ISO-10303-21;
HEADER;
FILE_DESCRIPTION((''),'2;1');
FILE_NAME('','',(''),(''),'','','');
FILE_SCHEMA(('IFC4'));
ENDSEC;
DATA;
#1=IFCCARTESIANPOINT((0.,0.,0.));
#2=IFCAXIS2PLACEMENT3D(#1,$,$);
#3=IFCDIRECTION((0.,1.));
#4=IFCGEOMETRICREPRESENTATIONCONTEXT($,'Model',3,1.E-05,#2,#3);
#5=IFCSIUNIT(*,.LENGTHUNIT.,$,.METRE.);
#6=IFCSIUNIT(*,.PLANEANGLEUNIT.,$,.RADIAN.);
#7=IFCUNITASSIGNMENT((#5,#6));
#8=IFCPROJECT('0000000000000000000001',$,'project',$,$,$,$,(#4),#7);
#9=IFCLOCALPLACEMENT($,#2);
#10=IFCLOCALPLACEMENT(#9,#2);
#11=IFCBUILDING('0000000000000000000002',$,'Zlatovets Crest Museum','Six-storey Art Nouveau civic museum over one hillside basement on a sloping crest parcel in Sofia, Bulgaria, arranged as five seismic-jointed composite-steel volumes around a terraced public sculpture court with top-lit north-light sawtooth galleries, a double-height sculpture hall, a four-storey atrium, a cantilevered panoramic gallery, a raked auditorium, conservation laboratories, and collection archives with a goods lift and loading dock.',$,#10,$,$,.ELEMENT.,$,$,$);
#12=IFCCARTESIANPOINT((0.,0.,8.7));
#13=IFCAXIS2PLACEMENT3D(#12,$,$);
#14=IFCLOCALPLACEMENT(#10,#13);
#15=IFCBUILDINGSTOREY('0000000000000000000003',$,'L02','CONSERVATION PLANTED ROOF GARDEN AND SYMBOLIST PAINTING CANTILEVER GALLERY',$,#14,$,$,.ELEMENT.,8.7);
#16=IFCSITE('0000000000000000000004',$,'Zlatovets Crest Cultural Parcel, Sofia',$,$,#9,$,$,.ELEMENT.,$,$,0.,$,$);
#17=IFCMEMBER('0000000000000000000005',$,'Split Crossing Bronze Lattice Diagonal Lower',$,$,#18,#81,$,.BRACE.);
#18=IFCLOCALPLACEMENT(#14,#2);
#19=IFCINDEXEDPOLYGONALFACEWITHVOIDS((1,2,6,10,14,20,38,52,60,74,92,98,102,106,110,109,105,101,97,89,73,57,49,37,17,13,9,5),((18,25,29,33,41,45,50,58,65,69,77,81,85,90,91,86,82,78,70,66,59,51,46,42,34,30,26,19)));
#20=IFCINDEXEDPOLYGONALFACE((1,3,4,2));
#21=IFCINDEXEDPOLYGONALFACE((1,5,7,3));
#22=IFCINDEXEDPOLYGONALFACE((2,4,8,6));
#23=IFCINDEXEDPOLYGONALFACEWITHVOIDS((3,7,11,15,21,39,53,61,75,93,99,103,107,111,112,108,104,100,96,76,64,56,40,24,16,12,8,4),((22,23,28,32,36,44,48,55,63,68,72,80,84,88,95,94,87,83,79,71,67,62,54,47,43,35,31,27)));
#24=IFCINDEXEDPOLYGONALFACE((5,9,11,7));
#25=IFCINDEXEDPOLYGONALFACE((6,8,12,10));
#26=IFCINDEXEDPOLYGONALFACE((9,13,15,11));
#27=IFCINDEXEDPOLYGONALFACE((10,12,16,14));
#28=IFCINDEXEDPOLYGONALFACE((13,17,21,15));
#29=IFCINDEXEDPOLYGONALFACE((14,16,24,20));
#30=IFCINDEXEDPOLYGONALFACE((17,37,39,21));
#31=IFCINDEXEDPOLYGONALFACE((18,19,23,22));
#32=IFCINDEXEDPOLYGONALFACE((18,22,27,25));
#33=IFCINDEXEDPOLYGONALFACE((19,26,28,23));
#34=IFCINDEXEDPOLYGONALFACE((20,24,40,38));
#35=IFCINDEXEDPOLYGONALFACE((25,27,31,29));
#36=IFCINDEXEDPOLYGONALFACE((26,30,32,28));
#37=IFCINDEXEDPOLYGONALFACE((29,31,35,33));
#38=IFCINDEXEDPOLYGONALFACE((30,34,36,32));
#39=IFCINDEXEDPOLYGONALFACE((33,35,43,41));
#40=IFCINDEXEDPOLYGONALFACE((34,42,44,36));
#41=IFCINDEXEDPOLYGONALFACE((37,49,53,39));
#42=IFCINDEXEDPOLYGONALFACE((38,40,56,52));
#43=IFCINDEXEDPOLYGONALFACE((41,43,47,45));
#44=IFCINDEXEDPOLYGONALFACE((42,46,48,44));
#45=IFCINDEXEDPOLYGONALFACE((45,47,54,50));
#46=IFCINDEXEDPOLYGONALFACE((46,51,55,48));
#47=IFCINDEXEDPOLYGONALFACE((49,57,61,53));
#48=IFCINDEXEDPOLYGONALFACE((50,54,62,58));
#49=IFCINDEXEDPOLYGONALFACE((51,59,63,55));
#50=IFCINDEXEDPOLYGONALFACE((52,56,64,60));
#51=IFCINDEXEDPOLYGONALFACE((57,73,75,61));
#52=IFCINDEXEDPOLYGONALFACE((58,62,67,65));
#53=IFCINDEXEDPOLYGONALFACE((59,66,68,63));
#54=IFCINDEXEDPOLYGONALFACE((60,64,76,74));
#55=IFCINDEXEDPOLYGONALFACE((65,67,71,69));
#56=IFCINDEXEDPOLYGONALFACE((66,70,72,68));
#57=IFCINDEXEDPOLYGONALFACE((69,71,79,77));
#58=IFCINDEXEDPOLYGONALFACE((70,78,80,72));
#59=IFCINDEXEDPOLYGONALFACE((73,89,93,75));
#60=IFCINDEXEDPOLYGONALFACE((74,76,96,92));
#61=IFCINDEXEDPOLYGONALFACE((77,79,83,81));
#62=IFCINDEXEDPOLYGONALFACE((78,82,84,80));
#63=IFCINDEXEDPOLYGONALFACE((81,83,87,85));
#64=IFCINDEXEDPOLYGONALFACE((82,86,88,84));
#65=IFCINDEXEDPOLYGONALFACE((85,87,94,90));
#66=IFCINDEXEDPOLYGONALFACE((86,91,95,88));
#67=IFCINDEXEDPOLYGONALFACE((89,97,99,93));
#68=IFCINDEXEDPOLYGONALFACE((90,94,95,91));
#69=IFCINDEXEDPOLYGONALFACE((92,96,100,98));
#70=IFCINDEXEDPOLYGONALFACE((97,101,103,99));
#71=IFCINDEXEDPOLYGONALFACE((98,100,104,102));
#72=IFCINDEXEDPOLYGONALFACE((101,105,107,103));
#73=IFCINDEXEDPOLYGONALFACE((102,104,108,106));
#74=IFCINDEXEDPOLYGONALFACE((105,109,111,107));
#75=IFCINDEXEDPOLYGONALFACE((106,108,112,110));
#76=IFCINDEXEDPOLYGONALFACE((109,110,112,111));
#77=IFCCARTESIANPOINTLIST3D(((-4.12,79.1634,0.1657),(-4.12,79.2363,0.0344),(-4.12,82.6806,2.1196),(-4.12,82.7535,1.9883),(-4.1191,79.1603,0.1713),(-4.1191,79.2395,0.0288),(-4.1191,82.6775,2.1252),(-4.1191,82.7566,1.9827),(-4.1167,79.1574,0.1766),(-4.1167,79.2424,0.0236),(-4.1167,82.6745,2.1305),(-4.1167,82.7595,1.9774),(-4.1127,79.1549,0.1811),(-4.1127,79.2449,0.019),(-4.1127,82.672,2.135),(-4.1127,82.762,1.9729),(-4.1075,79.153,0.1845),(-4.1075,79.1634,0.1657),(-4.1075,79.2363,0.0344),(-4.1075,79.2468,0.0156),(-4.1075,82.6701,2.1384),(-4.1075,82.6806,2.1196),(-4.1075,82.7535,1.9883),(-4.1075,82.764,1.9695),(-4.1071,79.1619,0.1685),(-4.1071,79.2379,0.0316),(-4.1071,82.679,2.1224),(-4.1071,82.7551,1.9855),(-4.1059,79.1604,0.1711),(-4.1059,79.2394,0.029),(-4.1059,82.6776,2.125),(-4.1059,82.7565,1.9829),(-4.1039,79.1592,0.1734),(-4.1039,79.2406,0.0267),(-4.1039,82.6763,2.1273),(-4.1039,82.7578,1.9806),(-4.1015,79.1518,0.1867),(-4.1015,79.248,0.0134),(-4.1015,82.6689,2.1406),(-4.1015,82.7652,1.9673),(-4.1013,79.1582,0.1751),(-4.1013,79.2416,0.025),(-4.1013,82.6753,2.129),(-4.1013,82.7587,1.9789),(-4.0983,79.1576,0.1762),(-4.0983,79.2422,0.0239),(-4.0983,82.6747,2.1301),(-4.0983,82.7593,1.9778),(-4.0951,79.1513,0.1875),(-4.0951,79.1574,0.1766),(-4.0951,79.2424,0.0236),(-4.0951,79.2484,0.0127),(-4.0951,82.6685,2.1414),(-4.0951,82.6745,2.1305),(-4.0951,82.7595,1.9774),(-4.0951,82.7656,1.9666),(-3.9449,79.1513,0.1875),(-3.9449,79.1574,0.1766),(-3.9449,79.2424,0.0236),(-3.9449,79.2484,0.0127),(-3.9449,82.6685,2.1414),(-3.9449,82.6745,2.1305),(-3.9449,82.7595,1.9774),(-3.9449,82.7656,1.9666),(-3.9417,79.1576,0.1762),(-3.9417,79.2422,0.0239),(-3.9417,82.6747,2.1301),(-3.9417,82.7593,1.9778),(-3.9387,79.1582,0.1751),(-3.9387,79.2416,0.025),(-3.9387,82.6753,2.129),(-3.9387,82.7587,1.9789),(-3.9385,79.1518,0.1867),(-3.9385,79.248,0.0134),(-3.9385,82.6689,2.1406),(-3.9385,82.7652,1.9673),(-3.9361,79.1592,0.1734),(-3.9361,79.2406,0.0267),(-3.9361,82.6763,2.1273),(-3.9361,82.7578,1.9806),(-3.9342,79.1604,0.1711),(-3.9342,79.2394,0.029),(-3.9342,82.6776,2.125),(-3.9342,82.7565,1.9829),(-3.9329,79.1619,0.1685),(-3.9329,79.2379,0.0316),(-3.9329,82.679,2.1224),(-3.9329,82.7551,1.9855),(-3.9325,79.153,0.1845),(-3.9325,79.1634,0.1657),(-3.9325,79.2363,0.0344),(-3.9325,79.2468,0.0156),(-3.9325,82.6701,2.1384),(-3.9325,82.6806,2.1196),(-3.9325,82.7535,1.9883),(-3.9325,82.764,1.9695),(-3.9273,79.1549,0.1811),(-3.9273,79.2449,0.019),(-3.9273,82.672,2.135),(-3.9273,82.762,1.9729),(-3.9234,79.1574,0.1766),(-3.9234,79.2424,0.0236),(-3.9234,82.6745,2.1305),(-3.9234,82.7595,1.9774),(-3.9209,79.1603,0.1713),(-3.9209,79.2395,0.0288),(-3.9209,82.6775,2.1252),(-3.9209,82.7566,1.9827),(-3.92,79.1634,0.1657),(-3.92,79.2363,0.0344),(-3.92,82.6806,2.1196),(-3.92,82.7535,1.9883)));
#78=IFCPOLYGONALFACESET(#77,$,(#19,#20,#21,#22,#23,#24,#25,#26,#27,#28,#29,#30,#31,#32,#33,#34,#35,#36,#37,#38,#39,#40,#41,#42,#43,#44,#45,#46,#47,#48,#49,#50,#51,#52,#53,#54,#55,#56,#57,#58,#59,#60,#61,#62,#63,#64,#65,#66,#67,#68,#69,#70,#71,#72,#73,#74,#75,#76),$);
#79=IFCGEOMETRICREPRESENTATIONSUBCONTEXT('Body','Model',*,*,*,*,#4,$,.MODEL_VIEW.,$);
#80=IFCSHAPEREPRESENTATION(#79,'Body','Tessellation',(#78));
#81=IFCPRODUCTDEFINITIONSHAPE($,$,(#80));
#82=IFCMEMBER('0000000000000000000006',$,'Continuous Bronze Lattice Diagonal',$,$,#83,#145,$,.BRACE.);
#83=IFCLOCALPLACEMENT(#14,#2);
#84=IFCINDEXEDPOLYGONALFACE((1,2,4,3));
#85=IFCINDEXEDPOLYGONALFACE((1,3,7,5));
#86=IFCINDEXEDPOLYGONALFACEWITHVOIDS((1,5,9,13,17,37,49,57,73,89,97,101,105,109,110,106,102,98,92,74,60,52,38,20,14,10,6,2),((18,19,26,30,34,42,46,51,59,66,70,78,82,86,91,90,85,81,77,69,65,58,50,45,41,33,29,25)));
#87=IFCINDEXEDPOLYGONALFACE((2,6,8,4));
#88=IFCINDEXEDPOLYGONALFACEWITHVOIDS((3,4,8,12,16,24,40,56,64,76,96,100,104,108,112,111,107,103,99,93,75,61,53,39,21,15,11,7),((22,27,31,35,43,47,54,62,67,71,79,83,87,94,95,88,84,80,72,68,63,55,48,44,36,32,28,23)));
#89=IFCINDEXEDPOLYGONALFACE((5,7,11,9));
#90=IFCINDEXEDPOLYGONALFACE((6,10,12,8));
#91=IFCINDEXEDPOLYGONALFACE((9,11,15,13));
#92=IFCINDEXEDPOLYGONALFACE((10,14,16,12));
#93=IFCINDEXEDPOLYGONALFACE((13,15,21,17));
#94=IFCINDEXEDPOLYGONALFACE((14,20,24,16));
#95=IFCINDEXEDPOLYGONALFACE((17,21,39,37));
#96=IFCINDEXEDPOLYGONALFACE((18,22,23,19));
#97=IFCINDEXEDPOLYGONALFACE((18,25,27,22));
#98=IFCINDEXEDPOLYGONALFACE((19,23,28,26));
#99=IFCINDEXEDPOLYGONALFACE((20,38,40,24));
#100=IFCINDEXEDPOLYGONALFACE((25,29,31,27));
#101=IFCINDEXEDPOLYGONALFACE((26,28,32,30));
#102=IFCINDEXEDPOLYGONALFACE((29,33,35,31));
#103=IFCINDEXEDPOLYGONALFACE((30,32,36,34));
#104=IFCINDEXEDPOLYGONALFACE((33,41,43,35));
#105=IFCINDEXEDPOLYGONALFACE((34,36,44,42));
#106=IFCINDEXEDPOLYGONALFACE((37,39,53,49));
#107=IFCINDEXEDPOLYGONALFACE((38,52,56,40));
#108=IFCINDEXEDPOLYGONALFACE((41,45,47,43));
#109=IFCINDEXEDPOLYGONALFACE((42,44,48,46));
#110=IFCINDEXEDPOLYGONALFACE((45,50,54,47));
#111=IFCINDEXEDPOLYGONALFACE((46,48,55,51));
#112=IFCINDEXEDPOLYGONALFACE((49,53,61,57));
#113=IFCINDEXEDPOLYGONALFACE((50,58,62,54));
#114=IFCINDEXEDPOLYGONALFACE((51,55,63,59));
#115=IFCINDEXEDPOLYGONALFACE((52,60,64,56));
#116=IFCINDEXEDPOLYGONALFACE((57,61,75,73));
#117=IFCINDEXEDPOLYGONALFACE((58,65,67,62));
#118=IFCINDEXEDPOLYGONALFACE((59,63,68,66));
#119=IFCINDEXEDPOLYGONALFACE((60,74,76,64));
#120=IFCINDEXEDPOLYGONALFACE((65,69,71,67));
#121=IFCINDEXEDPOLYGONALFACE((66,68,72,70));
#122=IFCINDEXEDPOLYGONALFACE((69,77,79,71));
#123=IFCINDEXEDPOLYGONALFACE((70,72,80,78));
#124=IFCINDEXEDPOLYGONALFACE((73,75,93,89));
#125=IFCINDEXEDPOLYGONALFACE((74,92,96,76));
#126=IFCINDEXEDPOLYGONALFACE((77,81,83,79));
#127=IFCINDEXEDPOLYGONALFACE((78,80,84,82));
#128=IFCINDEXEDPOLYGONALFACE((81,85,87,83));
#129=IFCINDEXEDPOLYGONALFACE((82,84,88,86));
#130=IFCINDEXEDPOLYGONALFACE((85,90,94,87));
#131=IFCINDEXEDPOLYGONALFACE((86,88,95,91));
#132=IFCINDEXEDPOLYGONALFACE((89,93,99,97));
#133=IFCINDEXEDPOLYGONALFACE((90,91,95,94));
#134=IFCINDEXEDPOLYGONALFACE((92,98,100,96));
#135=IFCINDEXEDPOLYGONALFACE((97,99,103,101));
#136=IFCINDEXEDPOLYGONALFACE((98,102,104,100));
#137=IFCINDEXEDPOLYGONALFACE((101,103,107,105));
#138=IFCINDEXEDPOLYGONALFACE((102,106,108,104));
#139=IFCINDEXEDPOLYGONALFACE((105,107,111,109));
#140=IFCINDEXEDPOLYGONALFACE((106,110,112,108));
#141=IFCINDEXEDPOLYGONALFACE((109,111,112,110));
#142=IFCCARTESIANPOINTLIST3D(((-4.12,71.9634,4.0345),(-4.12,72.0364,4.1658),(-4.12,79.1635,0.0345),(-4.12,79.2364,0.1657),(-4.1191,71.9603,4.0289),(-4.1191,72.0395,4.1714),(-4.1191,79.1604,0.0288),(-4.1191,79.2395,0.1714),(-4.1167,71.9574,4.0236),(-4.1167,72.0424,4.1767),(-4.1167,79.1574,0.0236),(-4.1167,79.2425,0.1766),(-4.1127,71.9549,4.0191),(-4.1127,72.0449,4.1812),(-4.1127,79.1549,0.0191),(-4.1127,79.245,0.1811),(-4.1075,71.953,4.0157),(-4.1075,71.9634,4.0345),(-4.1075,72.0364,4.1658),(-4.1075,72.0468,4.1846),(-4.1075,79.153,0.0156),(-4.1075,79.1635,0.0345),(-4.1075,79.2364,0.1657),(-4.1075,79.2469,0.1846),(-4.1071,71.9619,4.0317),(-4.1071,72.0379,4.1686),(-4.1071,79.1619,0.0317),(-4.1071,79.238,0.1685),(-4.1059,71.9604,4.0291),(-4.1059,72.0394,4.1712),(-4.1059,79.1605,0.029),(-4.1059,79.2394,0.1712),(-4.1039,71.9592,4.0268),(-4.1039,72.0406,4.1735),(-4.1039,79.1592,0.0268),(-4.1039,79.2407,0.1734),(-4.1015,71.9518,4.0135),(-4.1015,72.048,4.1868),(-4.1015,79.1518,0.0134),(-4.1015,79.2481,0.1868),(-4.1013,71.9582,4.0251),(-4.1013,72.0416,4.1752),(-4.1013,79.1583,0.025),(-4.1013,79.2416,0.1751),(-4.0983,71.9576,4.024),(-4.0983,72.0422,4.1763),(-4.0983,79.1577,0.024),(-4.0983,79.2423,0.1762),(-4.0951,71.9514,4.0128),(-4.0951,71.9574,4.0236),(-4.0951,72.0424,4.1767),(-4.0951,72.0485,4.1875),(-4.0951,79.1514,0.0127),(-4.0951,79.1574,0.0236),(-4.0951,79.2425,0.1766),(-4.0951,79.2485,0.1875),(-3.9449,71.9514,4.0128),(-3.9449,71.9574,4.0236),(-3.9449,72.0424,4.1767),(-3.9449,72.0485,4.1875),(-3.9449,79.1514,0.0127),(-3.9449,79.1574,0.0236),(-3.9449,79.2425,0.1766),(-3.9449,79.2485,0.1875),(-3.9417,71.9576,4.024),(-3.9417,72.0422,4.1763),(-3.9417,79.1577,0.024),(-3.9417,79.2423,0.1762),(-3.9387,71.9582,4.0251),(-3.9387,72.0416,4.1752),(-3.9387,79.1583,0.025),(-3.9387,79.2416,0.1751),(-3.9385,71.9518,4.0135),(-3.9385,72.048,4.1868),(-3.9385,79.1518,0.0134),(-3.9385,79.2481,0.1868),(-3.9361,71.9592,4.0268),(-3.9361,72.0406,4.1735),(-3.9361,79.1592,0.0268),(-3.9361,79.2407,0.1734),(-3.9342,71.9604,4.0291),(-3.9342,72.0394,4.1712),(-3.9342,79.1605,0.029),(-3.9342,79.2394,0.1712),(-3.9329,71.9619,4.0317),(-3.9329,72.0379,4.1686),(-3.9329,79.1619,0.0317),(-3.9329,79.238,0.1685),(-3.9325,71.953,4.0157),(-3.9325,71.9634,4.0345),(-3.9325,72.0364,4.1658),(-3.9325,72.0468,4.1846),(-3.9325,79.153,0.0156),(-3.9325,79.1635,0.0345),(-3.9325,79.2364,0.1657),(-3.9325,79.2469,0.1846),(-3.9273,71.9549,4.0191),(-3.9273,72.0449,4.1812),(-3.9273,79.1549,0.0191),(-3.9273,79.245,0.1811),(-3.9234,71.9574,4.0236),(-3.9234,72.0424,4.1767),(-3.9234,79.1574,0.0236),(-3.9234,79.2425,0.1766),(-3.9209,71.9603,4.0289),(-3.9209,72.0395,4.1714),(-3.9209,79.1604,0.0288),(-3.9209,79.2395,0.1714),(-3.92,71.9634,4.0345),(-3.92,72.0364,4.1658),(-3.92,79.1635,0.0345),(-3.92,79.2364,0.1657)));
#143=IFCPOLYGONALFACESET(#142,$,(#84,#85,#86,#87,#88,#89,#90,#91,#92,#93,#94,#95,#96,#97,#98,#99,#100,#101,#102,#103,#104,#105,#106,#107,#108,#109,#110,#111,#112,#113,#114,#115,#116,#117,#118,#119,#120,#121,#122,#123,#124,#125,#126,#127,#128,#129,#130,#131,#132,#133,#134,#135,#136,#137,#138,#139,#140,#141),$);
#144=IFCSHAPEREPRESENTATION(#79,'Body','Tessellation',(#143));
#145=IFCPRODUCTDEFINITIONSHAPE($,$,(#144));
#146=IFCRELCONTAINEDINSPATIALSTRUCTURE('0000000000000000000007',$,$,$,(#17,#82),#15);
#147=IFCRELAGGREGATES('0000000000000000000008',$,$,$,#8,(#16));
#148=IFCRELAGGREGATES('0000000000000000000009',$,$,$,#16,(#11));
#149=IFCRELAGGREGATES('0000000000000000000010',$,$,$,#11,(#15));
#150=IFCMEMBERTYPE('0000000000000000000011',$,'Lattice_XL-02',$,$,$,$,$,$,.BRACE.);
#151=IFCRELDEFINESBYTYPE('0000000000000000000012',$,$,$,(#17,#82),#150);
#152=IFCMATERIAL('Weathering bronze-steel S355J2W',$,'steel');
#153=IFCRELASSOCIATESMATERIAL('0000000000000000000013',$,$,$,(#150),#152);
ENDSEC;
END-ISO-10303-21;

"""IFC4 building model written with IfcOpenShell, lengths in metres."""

from ifc_helpers import new_model, si_unit, direction, frame, origin, origin_2d, place, context, subcontext, project, spatial, hollow_rectangle, extrude, material, material_profile, profile_set, type_object, element, save


model = new_model("IFC4")

# Units and contexts
model_context = context("Model", 3, precision=1e-05, world=origin(), true_north=direction((0.0, 1.0)))
body_context = subcontext(model_context, "Body", "Model", "MODEL_VIEW")
ifc_project = project(units=[si_unit("LENGTHUNIT", "METRE"), si_unit("PLANEANGLEUNIT", "RADIAN")], contexts=[model_context])

# Site, building, storey
site_placement = place(None, origin())
site = spatial("IfcSite", under=ifc_project, at=site_placement, Name="Zlatovets Crest Cultural Parcel, Sofia", CompositionType="ELEMENT", RefElevation=0.0)
building_placement = place(site_placement, origin())
building = spatial("IfcBuilding", under=site, at=building_placement, Name="Zlatovets Crest Museum", Description="Six-storey Art Nouveau civic museum over one hillside basement on a sloping crest parcel in Sofia, Bulgaria, arranged as five seismic-jointed composite-steel volumes around a terraced public sculpture court with top-lit north-light sawtooth galleries, a double-height sculpture hall, a four-storey atrium, a cantilevered panoramic gallery, a raked auditorium, conservation laboratories, and collection archives with a goods lift and loading dock.", CompositionType="ELEMENT")
storey_placement = place(building_placement, frame((0.0, 0.0, 8.7)))
storey = spatial("IfcBuildingStorey", under=building, at=storey_placement, Name="L02", Description="CONSERVATION PLANTED ROOF GARDEN AND SYMBOLIST PAINTING CANTILEVER GALLERY", CompositionType="ELEMENT", Elevation=8.7)

# Members
ifc_material_1 = material(Name="Weathering bronze-steel S355J2W", Category="steel")
ifc_material_profile_1 = material_profile(ifc_material_1, hollow_rectangle(XDim=0.2, YDim=0.2, WallThickness=0.0125, InnerFilletRadius=0.0125, OuterFilletRadius=0.0249, at=origin_2d()), Name="SHS 200x200x12.5")
ifc_profile_set_1 = profile_set([ifc_material_profile_1], Name="Weathering bronze-steel S355J2W")
member_type_1 = type_object("IfcMemberType", Name="Lattice_XL-02", PredefinedType="BRACE", material=ifc_profile_set_1)
member_1_placement = place(storey_placement, frame((-4.02, 82.717, 2.054), z_axis=(0.0, -0.874166, -0.485627), x_axis=(1.0, 0.0, 0.0)))
element("IfcMember", 1, at=member_1_placement, inside=storey, type_object=member_type_1, Name="Split Crossing Bronze Lattice Diagonal Lower", PredefinedType="BRACE", context=body_context, shape_type="SweptSolid", body=[
    extrude(hollow_rectangle(XDim=0.2, YDim=0.2, WallThickness=0.0125, InnerFilletRadius=0.0125, OuterFilletRadius=0.0249, at=origin_2d()), origin(), (0.0, 0.0, 1.0), 4.0234),
])
member_2_placement = place(storey_placement, frame((-4.02, 79.2, 0.1001), z_axis=(0.0, -0.874156, 0.485645), x_axis=(1.0, 0.0, 0.0)))
element("IfcMember", 2, at=member_2_placement, inside=storey, type_object=member_type_1, Name="Continuous Bronze Lattice Diagonal", PredefinedType="BRACE", context=body_context, shape_type="SweptSolid", body=[
    extrude(hollow_rectangle(XDim=0.2, YDim=0.2, WallThickness=0.0125, InnerFilletRadius=0.0125, OuterFilletRadius=0.0249, at=origin_2d()), origin(), (0.0, 0.0, 1.0), 8.2366),
])

save(model, "model.ifc")
